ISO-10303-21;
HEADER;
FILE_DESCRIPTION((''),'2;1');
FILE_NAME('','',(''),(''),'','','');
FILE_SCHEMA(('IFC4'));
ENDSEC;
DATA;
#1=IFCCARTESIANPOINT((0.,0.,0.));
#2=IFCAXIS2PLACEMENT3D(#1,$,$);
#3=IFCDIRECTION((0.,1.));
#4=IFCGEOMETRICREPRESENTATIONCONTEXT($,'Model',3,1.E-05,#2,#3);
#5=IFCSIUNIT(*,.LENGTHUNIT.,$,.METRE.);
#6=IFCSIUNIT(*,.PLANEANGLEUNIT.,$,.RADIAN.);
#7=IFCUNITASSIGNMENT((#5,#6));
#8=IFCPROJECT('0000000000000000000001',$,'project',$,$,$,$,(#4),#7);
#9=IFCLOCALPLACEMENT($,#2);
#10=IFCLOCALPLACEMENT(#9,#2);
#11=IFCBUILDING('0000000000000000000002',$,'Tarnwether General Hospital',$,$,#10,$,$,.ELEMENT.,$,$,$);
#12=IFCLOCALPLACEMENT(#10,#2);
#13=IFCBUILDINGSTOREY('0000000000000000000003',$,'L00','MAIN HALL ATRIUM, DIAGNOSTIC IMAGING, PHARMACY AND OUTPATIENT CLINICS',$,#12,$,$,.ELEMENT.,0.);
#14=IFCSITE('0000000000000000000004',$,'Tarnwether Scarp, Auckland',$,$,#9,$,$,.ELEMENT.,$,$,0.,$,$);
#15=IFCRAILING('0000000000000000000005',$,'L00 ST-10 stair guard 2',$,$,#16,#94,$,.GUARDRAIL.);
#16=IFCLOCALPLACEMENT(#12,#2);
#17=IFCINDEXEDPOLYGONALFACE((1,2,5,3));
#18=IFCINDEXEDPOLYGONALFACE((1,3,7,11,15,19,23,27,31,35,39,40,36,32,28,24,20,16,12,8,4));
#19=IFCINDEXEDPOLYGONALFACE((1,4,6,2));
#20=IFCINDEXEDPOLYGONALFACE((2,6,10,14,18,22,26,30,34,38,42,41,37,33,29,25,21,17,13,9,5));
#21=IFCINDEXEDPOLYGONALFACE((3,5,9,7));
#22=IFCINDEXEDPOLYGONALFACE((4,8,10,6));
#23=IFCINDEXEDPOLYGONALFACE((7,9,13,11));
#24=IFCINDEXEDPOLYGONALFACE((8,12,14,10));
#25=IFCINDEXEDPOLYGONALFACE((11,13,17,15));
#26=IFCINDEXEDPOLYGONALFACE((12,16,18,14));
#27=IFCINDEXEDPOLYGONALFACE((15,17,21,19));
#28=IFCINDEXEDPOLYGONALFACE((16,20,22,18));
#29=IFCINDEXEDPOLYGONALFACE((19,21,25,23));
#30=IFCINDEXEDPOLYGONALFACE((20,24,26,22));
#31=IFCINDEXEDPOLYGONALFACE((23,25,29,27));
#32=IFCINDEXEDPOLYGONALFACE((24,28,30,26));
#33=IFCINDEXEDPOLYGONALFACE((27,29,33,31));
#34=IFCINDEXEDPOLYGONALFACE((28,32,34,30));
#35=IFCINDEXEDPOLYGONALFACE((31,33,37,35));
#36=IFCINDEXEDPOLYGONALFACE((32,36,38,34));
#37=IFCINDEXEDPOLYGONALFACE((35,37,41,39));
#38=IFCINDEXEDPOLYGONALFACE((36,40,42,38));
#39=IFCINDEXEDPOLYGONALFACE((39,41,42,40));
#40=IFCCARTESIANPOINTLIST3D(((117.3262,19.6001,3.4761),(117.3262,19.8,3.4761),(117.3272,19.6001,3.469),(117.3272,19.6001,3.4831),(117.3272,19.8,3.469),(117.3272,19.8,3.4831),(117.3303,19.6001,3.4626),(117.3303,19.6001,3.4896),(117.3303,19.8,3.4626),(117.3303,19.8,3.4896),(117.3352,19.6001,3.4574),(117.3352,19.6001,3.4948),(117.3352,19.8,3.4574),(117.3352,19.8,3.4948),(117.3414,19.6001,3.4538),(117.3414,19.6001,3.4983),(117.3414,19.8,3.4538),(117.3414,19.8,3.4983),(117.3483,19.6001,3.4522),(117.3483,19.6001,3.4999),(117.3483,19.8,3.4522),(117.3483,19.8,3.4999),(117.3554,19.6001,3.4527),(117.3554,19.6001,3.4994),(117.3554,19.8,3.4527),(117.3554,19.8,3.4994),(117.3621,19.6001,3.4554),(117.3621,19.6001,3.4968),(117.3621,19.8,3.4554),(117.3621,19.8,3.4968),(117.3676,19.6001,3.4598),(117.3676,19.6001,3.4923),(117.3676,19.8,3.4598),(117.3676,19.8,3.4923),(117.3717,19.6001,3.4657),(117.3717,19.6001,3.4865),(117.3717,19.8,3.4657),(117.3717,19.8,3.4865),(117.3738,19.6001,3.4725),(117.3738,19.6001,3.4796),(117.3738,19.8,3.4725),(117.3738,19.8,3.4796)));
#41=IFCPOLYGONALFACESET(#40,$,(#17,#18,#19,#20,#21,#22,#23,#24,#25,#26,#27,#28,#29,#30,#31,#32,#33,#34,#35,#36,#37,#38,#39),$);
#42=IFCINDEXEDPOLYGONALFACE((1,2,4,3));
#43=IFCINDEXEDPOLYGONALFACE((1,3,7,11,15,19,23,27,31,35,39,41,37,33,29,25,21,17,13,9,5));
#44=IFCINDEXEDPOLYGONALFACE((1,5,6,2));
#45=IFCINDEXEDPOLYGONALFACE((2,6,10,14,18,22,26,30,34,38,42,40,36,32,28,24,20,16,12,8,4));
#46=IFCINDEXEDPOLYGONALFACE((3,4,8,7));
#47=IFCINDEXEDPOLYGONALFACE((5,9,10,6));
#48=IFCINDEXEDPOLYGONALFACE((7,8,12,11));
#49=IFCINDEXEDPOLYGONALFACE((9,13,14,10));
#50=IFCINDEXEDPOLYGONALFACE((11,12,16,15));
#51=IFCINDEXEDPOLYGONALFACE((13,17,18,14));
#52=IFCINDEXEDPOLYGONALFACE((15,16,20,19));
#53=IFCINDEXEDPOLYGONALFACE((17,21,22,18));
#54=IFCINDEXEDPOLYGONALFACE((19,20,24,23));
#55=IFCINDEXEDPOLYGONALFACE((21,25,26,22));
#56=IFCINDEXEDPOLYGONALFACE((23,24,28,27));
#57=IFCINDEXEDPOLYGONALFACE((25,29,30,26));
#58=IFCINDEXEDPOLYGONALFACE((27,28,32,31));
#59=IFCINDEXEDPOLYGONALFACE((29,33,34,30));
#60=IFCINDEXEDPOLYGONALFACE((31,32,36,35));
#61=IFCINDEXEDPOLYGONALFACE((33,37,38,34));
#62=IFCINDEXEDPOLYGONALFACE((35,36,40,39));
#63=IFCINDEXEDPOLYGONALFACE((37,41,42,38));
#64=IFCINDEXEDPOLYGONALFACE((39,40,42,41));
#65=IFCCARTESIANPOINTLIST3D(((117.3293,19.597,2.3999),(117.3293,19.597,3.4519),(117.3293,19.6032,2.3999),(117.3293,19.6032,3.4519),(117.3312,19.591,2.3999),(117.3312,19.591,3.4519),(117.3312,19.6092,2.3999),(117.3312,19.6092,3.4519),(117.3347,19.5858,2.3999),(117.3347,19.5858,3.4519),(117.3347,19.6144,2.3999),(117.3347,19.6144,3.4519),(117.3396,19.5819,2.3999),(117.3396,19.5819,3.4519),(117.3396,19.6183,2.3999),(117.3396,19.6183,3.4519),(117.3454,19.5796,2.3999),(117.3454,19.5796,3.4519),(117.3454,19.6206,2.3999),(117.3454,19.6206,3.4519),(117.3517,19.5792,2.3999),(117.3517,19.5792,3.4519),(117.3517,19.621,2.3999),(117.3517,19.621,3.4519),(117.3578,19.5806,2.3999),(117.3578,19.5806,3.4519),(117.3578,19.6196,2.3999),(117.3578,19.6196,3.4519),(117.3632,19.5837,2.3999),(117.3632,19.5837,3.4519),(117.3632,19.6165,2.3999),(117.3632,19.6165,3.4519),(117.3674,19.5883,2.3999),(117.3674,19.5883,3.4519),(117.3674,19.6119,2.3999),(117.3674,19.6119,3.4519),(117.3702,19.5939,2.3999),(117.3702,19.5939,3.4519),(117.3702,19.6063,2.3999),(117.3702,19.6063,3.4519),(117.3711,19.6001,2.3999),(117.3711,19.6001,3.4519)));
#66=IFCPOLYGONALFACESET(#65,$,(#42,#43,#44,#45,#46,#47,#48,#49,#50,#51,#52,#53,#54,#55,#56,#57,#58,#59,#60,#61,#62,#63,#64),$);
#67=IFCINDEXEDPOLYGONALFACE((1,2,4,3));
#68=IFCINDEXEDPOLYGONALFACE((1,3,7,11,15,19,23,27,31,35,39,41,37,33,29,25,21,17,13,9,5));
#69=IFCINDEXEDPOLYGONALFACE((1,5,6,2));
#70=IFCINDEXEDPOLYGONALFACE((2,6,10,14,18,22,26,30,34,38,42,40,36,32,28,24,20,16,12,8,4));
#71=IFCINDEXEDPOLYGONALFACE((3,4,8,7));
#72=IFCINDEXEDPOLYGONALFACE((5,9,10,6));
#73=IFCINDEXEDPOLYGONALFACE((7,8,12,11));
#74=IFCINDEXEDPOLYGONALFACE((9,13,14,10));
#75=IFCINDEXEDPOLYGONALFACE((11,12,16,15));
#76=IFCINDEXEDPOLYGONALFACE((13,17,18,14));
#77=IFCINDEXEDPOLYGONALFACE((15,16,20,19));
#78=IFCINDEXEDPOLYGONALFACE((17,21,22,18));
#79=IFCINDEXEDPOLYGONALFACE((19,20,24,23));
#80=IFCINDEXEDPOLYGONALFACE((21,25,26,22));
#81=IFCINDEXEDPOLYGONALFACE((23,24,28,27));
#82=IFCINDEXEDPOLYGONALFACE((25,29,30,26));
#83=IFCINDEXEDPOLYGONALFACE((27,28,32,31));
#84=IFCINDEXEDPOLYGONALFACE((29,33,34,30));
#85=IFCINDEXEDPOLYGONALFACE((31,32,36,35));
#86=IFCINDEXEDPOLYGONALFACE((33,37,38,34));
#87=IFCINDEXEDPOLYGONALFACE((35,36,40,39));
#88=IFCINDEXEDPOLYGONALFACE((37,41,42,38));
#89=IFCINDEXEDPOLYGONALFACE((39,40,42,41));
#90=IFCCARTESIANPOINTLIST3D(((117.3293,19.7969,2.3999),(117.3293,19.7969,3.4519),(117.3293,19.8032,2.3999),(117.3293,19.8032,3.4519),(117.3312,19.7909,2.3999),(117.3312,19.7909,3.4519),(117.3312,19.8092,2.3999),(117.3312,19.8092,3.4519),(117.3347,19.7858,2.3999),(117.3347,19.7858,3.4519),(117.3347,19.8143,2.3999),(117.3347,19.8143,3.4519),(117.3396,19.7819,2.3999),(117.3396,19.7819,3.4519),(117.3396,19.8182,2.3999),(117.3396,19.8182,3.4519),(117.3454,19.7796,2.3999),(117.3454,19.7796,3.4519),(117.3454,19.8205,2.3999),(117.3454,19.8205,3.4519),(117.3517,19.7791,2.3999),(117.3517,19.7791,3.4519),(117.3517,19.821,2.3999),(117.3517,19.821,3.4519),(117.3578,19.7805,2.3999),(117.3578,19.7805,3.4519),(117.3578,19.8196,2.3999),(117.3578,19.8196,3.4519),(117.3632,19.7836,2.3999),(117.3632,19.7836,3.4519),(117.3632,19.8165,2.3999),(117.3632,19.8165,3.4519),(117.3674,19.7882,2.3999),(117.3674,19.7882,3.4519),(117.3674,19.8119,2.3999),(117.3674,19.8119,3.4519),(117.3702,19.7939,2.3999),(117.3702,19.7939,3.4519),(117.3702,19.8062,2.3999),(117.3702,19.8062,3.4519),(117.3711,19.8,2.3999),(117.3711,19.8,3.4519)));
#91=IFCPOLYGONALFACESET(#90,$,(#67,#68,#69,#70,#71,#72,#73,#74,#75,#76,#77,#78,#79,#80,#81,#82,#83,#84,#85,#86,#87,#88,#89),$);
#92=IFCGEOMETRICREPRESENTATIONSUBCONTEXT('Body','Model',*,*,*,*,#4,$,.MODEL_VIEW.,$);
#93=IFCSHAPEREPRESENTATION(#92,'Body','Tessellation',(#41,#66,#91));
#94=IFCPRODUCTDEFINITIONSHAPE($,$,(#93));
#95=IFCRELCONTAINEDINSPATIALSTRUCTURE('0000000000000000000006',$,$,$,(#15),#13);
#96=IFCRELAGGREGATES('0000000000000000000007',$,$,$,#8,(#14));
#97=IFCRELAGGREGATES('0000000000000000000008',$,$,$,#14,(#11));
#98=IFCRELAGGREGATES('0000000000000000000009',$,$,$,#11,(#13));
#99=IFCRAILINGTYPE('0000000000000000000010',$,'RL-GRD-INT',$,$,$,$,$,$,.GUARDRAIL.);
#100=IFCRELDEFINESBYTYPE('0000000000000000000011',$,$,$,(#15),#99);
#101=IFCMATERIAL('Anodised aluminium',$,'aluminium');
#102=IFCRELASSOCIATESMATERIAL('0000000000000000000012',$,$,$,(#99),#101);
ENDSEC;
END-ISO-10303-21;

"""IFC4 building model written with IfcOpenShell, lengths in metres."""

from ifc_helpers import new_model, si_unit, direction, frame, origin, origin_2d, place, context, subcontext, project, spatial, circle, extrude, material, type_object, element, save


model = new_model("IFC4")

# Units and contexts
model_context = context("Model", 3, precision=1e-05, world=origin(), true_north=direction((0.0, 1.0)))
body_context = subcontext(model_context, "Body", "Model", "MODEL_VIEW")
ifc_project = project(units=[si_unit("LENGTHUNIT", "METRE"), si_unit("PLANEANGLEUNIT", "RADIAN")], contexts=[model_context])

# Site, building, storey
site_placement = place(None, origin())
site = spatial("IfcSite", under=ifc_project, at=site_placement, Name="Tarnwether Scarp, Auckland", CompositionType="ELEMENT", RefElevation=0.0)
building_placement = place(site_placement, origin())
building = spatial("IfcBuilding", under=site, at=building_placement, Name="Tarnwether General Hospital", CompositionType="ELEMENT")
storey_placement = place(building_placement, origin())
storey = spatial("IfcBuildingStorey", under=building, at=storey_placement, Name="L00", Description="MAIN HALL ATRIUM, DIAGNOSTIC IMAGING, PHARMACY AND OUTPATIENT CLINICS", CompositionType="ELEMENT", Elevation=0.0)

# Railing
ifc_material_1 = material(Name="Anodised aluminium", Category="aluminium")
railing_type_1 = type_object("IfcRailingType", Name="RL-GRD-INT", PredefinedType="GUARDRAIL", material=ifc_material_1)
railing_1_placement = place(storey_placement, frame((117.3501, 19.6001, 2.3999)))
element("IfcRailing", 1, at=railing_1_placement, inside=storey, type_object=railing_type_1, Name="L00 ST-10 stair guard 2", PredefinedType="GUARDRAIL", context=body_context, shape_type="SweptSolid", body=[
    extrude(circle(Radius=0.0239, at=origin_2d()), frame((0.0, 0.0, 1.0762), z_axis=(0.0, 1.0, 0.0), x_axis=(-1.0, 0.0, 0.0)), (0.0, 0.0, 1.0), 0.2),
    extrude(circle(Radius=0.021, at=origin_2d()), origin(), (0.0, 0.0, 1.0), 1.052),
    extrude(circle(Radius=0.021, at=origin_2d()), frame((0.0, 0.2, 0.0)), (0.0, 0.0, 1.0), 1.052),
])

save(model, "model.ifc")
